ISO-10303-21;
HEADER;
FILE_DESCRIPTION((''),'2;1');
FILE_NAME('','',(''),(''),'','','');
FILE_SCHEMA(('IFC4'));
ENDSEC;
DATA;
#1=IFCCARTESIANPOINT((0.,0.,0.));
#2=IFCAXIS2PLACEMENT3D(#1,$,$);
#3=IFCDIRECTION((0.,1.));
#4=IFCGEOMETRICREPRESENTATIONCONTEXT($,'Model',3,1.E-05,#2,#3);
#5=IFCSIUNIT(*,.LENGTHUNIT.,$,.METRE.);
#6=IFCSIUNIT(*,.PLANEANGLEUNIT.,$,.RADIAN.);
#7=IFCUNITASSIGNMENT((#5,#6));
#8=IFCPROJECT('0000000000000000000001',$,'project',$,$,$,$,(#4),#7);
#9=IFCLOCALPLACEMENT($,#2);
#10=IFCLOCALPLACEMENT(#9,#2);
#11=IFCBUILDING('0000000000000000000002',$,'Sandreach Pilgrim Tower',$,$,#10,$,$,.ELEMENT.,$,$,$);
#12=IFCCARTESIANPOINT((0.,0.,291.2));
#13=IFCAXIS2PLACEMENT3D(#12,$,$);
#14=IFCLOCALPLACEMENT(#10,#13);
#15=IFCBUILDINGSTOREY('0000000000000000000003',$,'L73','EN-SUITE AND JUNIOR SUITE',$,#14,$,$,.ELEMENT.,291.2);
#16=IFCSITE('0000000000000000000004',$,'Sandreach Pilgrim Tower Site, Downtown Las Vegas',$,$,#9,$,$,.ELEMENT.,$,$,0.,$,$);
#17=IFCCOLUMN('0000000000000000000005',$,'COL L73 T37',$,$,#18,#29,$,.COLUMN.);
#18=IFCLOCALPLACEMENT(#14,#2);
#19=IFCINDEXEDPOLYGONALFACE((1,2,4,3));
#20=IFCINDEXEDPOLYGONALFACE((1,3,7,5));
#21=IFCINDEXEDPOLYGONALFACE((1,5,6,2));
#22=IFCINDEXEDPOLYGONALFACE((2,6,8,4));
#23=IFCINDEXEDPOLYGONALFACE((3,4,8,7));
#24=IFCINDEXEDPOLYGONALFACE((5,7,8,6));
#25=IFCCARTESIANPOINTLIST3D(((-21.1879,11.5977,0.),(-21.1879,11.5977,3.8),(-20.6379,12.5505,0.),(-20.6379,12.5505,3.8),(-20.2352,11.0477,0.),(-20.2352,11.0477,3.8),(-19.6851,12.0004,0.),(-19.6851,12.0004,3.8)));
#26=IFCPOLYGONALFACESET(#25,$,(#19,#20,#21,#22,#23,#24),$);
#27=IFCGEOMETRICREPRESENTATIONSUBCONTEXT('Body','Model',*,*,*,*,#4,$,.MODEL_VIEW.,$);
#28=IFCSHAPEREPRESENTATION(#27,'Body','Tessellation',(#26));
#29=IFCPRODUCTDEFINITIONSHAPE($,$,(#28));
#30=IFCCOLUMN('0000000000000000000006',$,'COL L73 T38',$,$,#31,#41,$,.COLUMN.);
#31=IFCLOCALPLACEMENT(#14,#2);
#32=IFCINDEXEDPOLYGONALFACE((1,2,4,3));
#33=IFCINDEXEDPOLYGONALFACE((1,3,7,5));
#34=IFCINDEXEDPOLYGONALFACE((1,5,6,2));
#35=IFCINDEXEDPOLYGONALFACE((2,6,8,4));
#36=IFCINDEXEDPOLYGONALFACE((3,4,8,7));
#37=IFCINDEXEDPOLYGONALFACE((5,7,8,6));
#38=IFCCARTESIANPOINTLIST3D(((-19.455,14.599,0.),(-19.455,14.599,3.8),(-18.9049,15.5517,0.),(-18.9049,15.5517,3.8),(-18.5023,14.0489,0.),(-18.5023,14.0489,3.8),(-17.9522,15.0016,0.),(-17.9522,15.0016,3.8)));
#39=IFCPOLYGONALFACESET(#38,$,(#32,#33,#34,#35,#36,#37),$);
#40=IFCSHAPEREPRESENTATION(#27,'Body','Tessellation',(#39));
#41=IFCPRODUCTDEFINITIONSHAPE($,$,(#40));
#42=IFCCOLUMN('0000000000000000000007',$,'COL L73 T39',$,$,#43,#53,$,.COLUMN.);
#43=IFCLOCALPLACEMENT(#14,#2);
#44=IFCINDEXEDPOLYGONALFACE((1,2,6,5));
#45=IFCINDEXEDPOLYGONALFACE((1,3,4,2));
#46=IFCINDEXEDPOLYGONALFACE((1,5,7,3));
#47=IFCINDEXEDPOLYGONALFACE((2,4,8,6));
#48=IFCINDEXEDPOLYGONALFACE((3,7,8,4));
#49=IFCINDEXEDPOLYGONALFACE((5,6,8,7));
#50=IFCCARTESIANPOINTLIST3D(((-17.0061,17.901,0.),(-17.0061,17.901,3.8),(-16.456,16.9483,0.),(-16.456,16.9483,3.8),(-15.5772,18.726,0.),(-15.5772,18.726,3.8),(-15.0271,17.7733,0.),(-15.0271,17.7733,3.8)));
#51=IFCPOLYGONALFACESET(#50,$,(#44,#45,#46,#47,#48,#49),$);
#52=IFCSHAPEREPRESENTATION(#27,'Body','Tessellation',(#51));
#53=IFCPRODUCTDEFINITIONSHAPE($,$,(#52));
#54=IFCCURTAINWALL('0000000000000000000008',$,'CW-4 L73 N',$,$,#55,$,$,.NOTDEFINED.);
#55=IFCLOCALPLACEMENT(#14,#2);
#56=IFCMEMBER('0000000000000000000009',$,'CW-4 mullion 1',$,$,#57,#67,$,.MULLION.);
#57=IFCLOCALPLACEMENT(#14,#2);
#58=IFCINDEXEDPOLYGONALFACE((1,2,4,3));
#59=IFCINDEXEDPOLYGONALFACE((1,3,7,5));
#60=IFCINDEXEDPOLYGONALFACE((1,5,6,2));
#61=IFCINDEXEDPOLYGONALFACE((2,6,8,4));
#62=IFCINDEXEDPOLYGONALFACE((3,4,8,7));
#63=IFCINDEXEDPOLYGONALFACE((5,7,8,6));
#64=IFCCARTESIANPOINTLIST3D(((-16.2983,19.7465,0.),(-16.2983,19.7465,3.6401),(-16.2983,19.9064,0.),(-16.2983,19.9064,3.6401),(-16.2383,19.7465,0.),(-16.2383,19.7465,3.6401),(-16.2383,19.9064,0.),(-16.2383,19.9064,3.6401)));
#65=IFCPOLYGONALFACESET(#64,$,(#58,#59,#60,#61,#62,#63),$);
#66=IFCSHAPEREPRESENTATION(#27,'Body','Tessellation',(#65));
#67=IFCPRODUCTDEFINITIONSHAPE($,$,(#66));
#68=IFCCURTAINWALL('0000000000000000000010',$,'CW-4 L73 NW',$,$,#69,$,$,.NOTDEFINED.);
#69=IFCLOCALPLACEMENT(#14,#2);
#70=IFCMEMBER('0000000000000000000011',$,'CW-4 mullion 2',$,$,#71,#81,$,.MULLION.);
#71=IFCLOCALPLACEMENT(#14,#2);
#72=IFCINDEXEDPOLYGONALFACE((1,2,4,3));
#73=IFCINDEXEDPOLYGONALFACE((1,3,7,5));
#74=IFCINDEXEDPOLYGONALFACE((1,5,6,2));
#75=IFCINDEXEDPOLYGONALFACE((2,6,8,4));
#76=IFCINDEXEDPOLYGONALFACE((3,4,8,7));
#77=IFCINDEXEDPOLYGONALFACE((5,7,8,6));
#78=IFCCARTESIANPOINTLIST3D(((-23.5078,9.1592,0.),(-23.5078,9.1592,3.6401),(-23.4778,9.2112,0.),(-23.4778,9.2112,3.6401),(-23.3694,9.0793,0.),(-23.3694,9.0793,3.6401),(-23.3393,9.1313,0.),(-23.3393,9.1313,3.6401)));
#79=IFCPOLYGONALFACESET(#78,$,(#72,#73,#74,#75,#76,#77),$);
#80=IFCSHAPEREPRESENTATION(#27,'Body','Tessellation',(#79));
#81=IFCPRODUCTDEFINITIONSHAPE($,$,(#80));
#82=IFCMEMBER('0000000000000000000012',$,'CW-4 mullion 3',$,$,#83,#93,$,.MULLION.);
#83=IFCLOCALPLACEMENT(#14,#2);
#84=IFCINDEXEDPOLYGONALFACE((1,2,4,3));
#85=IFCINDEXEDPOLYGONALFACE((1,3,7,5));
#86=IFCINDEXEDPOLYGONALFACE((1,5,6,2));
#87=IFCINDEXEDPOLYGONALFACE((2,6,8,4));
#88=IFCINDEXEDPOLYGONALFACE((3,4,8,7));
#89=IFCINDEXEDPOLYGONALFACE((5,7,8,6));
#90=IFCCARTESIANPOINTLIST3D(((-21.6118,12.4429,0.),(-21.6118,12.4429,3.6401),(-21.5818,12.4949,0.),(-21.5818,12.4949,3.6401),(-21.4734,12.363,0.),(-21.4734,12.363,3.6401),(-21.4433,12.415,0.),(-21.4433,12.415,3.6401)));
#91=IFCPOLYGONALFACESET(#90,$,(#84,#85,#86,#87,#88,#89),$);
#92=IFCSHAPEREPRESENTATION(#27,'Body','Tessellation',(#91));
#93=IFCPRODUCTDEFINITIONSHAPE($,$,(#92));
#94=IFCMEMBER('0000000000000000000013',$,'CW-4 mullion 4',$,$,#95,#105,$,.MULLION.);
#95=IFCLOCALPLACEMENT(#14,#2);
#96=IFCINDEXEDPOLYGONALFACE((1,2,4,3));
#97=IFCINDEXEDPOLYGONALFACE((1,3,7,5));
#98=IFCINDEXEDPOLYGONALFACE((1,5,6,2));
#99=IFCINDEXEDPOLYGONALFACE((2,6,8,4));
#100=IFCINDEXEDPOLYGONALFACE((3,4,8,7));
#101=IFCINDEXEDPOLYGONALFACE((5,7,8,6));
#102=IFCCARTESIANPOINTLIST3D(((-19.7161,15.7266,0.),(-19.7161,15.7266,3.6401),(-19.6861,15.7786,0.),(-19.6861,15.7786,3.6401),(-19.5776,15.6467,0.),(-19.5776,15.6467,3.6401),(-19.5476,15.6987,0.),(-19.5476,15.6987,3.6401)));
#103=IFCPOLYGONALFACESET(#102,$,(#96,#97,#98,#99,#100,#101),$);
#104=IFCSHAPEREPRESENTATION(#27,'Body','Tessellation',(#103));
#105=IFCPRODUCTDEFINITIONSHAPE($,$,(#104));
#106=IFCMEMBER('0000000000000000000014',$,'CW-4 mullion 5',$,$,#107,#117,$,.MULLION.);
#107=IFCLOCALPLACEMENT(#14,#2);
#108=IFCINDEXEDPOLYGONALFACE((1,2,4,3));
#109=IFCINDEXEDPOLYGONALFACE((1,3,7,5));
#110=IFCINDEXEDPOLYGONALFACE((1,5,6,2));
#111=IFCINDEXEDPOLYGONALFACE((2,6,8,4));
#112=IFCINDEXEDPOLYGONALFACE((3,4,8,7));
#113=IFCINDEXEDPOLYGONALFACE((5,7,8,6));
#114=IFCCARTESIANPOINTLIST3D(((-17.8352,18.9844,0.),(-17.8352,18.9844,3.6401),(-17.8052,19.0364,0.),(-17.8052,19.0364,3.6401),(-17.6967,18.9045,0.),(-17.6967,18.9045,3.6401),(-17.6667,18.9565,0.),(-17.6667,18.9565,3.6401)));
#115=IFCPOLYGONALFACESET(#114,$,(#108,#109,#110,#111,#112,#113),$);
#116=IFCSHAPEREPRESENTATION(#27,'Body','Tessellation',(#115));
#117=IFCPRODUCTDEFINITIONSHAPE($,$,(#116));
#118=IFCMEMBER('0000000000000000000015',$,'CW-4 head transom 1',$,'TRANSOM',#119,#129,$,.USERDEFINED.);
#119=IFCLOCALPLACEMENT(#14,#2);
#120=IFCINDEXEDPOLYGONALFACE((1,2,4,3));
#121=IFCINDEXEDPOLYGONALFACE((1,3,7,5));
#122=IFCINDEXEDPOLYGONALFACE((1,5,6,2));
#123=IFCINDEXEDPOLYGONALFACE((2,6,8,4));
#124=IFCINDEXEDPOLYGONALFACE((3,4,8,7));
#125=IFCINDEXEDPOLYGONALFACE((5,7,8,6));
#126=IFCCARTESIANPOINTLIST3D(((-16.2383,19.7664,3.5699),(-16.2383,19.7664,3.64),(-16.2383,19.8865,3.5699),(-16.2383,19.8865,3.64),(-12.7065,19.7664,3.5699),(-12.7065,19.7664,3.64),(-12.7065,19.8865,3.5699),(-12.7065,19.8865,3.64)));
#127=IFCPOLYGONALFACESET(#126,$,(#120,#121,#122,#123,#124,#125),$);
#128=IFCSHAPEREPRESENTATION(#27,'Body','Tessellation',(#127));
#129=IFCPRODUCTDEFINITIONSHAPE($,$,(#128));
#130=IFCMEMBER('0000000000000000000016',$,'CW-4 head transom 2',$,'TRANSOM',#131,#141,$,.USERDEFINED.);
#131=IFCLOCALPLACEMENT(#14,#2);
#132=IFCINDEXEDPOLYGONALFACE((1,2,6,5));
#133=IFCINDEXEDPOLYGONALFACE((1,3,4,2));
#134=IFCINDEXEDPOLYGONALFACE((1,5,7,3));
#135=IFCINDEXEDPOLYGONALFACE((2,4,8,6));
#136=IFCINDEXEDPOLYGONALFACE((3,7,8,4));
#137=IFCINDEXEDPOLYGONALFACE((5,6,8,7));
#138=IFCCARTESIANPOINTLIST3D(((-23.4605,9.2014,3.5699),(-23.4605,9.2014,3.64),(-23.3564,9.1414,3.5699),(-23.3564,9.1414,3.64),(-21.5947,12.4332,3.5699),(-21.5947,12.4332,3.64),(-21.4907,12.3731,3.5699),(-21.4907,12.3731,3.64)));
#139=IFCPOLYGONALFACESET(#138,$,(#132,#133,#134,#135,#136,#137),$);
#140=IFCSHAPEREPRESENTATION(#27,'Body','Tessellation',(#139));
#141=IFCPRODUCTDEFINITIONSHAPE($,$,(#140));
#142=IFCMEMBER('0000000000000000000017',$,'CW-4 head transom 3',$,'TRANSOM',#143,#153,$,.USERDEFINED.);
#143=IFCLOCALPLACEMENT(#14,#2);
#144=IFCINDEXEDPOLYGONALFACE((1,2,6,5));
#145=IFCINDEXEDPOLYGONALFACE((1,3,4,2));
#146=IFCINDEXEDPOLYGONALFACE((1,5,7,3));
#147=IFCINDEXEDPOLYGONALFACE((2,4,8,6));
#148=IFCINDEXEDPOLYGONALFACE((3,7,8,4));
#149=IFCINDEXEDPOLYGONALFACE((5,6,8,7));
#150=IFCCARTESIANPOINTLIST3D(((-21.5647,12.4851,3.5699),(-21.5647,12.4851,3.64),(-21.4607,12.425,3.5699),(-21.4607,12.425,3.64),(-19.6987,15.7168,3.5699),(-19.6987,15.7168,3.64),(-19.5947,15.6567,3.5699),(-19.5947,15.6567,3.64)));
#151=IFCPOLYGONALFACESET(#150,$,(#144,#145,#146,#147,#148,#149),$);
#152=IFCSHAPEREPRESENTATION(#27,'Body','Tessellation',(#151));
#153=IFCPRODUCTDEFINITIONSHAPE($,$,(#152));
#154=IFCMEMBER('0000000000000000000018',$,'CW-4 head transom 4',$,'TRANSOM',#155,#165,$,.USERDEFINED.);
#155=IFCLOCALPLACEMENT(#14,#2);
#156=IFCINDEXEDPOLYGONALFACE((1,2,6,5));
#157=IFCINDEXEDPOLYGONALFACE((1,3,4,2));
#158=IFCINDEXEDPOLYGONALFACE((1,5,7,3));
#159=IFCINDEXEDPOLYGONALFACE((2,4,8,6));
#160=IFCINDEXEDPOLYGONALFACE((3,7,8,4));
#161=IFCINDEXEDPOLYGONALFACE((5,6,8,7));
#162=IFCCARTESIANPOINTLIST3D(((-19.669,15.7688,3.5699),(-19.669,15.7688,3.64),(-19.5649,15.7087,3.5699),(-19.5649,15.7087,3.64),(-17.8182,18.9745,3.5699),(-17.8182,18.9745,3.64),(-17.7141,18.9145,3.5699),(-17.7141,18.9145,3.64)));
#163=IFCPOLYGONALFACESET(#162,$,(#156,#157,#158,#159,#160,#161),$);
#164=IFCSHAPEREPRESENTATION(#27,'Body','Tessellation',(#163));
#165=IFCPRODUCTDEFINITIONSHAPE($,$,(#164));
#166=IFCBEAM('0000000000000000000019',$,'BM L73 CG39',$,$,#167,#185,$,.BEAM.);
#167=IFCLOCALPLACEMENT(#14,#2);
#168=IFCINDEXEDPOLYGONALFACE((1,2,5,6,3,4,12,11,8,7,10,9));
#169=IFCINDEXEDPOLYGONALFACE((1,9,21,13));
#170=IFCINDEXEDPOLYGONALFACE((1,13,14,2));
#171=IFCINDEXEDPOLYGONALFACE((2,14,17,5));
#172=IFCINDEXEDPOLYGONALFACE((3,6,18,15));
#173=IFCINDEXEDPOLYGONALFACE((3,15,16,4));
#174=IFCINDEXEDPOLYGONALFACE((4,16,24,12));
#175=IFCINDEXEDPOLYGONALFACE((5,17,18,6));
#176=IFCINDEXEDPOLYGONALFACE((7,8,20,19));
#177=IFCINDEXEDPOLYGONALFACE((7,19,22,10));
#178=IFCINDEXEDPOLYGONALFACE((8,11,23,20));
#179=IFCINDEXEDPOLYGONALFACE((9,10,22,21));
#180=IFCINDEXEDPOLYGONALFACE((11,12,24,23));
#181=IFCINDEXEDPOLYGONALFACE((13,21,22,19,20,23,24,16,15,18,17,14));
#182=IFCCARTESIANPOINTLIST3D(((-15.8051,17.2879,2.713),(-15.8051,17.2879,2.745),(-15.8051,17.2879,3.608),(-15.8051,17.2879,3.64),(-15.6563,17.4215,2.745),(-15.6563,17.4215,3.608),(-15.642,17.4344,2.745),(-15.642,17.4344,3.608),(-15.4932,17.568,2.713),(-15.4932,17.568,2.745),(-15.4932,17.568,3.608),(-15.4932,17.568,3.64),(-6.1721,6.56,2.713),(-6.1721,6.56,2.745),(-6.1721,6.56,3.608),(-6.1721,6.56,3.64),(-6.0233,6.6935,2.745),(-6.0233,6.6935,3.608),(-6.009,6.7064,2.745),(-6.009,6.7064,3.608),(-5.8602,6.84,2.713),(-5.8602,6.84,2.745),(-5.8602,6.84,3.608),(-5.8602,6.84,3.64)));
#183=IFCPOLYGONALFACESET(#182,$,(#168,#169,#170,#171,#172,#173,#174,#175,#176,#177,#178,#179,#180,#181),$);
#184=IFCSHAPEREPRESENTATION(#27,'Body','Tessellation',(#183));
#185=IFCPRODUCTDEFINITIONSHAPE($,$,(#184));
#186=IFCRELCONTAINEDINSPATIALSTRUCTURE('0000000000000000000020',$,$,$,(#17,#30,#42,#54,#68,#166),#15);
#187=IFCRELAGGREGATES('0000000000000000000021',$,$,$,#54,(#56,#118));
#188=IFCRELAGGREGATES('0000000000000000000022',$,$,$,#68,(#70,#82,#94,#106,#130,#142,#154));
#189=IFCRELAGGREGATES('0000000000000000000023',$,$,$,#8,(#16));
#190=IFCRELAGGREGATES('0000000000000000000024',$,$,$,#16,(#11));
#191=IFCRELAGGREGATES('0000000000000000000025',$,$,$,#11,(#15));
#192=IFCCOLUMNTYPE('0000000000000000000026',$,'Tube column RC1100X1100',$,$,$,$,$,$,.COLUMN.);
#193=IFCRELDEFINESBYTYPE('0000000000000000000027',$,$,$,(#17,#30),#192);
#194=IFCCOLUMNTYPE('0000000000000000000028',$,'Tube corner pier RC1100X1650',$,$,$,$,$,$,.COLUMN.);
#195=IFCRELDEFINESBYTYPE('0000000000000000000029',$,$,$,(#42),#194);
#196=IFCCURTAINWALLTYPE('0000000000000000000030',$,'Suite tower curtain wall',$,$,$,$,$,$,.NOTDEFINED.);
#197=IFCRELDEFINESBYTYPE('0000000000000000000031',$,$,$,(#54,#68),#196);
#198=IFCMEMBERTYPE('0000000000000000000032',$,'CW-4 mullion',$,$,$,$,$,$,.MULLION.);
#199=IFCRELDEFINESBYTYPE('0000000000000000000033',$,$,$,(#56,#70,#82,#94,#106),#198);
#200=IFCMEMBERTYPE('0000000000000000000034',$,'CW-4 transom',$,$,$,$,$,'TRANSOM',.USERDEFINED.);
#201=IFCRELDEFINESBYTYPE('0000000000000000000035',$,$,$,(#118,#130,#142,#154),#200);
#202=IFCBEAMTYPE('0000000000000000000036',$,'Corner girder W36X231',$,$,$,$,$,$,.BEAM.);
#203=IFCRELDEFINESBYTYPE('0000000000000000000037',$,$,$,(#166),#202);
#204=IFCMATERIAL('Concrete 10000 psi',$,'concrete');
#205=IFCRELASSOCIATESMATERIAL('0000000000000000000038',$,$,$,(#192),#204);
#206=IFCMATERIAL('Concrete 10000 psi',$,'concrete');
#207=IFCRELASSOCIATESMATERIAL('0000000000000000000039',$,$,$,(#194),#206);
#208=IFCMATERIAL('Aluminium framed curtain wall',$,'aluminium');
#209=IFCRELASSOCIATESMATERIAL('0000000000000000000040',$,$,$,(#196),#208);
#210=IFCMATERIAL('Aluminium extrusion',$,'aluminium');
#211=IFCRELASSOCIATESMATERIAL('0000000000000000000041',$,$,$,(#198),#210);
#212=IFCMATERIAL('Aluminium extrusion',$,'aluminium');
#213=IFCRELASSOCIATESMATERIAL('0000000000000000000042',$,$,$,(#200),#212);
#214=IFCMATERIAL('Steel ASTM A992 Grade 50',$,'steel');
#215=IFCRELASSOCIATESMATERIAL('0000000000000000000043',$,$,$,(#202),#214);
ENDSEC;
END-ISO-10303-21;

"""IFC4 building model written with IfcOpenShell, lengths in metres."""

from ifc_helpers import new_model, si_unit, direction, frame, origin, origin_2d, place, context, subcontext, project, spatial, rectangle, i_section, extrude, material, material_profile, profile_set, type_object, element, aggregate, save


model = new_model("IFC4")

# Units and contexts
model_context = context("Model", 3, precision=1e-05, world=origin(), true_north=direction((0.0, 1.0)))
body_context = subcontext(model_context, "Body", "Model", "MODEL_VIEW")
ifc_project = project(units=[si_unit("LENGTHUNIT", "METRE"), si_unit("PLANEANGLEUNIT", "RADIAN")], contexts=[model_context])

# Site, building, storey
site_placement = place(None, origin())
site = spatial("IfcSite", under=ifc_project, at=site_placement, Name="Sandreach Pilgrim Tower Site, Downtown Las Vegas", CompositionType="ELEMENT", RefElevation=0.0)
building_placement = place(site_placement, origin())
building = spatial("IfcBuilding", under=site, at=building_placement, Name="Sandreach Pilgrim Tower", CompositionType="ELEMENT")
storey_placement = place(building_placement, frame((0.0, 0.0, 291.2)))
storey = spatial("IfcBuildingStorey", under=building, at=storey_placement, Name="L73", Description="EN-SUITE AND JUNIOR SUITE", CompositionType="ELEMENT", Elevation=291.2)

# Columns
ifc_material_1 = material(Name="Concrete 10000 psi", Category="concrete")
ifc_material_profile_1 = material_profile(ifc_material_1, rectangle(XDim=1.1001, YDim=1.1001, at=origin_2d()), Name="RC1100X1100")
ifc_profile_set_1 = profile_set([ifc_material_profile_1], Name="Concrete 10000 psi")
column_type_1 = type_object("IfcColumnType", Name="Tube column RC1100X1100", PredefinedType="COLUMN", material=ifc_profile_set_1)
for number, where, z_axis, x_axis, name in (
    (1, (-20.4365, 11.7991, 0.0), (0.0, 0.0, 1.0), (-0.866025, 0.5, 0.0), "COL L73 T37"),
    (2, (-18.7036, 14.8003, 0.0), (0.0, 0.0, 1.0), (-0.866025, 0.5, 0.0), "COL L73 T38"),
):
    element("IfcColumn", number, at=place(storey_placement, frame(where, z_axis=z_axis, x_axis=x_axis)), inside=storey, type_object=column_type_1, Name=name, PredefinedType="COLUMN", context=body_context, shape_type="SweptSolid", body=[
        extrude(rectangle(XDim=1.1001, YDim=1.1001, at=origin_2d()), origin(), (0.0, 0.0, 1.0), 3.8),
    ])
ifc_material_2 = material(Name="Concrete 10000 psi", Category="concrete")
ifc_material_profile_2 = material_profile(ifc_material_2, rectangle(XDim=1.1001, YDim=1.6499, at=origin_2d()), Name="RC1100X1650")
ifc_profile_set_2 = profile_set([ifc_material_profile_2], Name="Concrete 10000 psi")
column_type_2 = type_object("IfcColumnType", Name="Tube corner pier RC1100X1650", PredefinedType="COLUMN", material=ifc_profile_set_2)
column_placement = place(storey_placement, frame((-16.0166, 17.8372, 0.0), z_axis=(0.0, 0.0, 1.0), x_axis=(-0.5, 0.866025, 0.0)))
element("IfcColumn", 3, at=column_placement, inside=storey, type_object=column_type_2, Name="COL L73 T39", PredefinedType="COLUMN", context=body_context, shape_type="SweptSolid", body=[
    extrude(rectangle(XDim=1.1001, YDim=1.6499, at=origin_2d()), origin(), (0.0, 0.0, 1.0), 3.8),
])

# Curtain wall, member
ifc_material_3 = material(Name="Aluminium framed curtain wall", Category="aluminium")
curtain_wall_type = type_object("IfcCurtainWallType", Name="Suite tower curtain wall", PredefinedType="NOTDEFINED", material=ifc_material_3)
curtain_wall_1_placement = place(storey_placement, origin())
curtain_wall_1 = element("IfcCurtainWall", 4, at=curtain_wall_1_placement, inside=storey, type_object=curtain_wall_type, Name="CW-4 L73 N", PredefinedType="NOTDEFINED")
ifc_material_4 = material(Name="Aluminium extrusion", Category="aluminium")
ifc_material_profile_3 = material_profile(ifc_material_4, rectangle(XDim=0.0601, YDim=0.1599, at=origin_2d()), Name="CW-4M 60X160")
ifc_profile_set_3 = profile_set([ifc_material_profile_3], Name="Aluminium extrusion")
member_type_1 = type_object("IfcMemberType", Name="CW-4 mullion", PredefinedType="MULLION", material=ifc_profile_set_3)
member_1_placement = place(storey_placement, frame((-16.2683, 19.8264, 0.0), z_axis=(0.0, 0.0, 1.0), x_axis=(1.0, 0.0, 0.0)))
member_1 = element("IfcMember", 5, at=member_1_placement, type_object=member_type_1, Name="CW-4 mullion 1", PredefinedType="MULLION", context=body_context, shape_type="SweptSolid", body=[
    extrude(rectangle(XDim=0.0601, YDim=0.1599, at=origin_2d()), origin(), (0.0, 0.0, 1.0), 3.6401),
])

# Curtain wall, members
curtain_wall_2_placement = place(storey_placement, origin())
curtain_wall_2 = element("IfcCurtainWall", 6, at=curtain_wall_2_placement, inside=storey, type_object=curtain_wall_type, Name="CW-4 L73 NW", PredefinedType="NOTDEFINED")
member_2_placement = place(storey_placement, frame((-23.4236, 9.1453, 0.0), z_axis=(0.0, 0.0, 1.0), x_axis=(0.5, 0.866025, 0.0)))
member_2 = element("IfcMember", 7, at=member_2_placement, type_object=member_type_1, Name="CW-4 mullion 2", PredefinedType="MULLION", context=body_context, shape_type="SweptSolid", body=[
    extrude(rectangle(XDim=0.0601, YDim=0.1599, at=origin_2d()), origin(), (0.0, 0.0, 1.0), 3.6401),
])
member_3_placement = place(storey_placement, frame((-21.5276, 12.429, 0.0), z_axis=(0.0, 0.0, 1.0), x_axis=(0.5, 0.866025, 0.0)))
member_3 = element("IfcMember", 8, at=member_3_placement, type_object=member_type_1, Name="CW-4 mullion 3", PredefinedType="MULLION", context=body_context, shape_type="SweptSolid", body=[
    extrude(rectangle(XDim=0.0601, YDim=0.1599, at=origin_2d()), origin(), (0.0, 0.0, 1.0), 3.6401),
])
member_4_placement = place(storey_placement, frame((-19.6318, 15.7126, 0.0), z_axis=(0.0, 0.0, 1.0), x_axis=(0.5, 0.866025, 0.0)))
member_4 = element("IfcMember", 9, at=member_4_placement, type_object=member_type_1, Name="CW-4 mullion 4", PredefinedType="MULLION", context=body_context, shape_type="SweptSolid", body=[
    extrude(rectangle(XDim=0.0601, YDim=0.1599, at=origin_2d()), origin(), (0.0, 0.0, 1.0), 3.6401),
])
member_5_placement = place(storey_placement, frame((-17.751, 18.9705, 0.0), z_axis=(0.0, 0.0, 1.0), x_axis=(0.5, 0.866025, 0.0)))
member_5 = element("IfcMember", 10, at=member_5_placement, type_object=member_type_1, Name="CW-4 mullion 5", PredefinedType="MULLION", context=body_context, shape_type="SweptSolid", body=[
    extrude(rectangle(XDim=0.0601, YDim=0.1599, at=origin_2d()), origin(), (0.0, 0.0, 1.0), 3.6401),
])

# Members
ifc_material_5 = material(Name="Aluminium extrusion", Category="aluminium")
ifc_material_profile_4 = material_profile(ifc_material_5, rectangle(XDim=0.1201, YDim=0.0701, at=origin_2d()), Name="CW-4T 120X70")
ifc_profile_set_4 = profile_set([ifc_material_profile_4], Name="Aluminium extrusion")
member_type_2 = type_object("IfcMemberType", Name="CW-4 transom", ElementType="TRANSOM", PredefinedType="USERDEFINED", material=ifc_profile_set_4)
member_6_placement = place(storey_placement, frame((-16.2383, 19.8264, 3.605), z_axis=(1.0, 0.0, 0.0), x_axis=(0.0, 1.0, 0.0)))
member_6 = element("IfcMember", 11, at=member_6_placement, type_object=member_type_2, Name="CW-4 head transom 1", ObjectType="TRANSOM", PredefinedType="USERDEFINED", context=body_context, shape_type="SweptSolid", body=[
    extrude(rectangle(XDim=0.1201, YDim=0.0701, at=origin_2d()), origin(), (0.0, 0.0, 1.0), 3.5317),
])
member_7_placement = place(storey_placement, frame((-23.4084, 9.1714, 3.605), z_axis=(0.499981, 0.866036, 0.0), x_axis=(-0.866036, 0.499981, 0.0)))
member_7 = element("IfcMember", 12, at=member_7_placement, type_object=member_type_2, Name="CW-4 head transom 2", ObjectType="TRANSOM", PredefinedType="USERDEFINED", context=body_context, shape_type="SweptSolid", body=[
    extrude(rectangle(XDim=0.1201, YDim=0.0701, at=origin_2d()), origin(), (0.0, 0.0, 1.0), 3.7317),
])
member_8_placement = place(storey_placement, frame((-21.5127, 12.4551, 3.605), z_axis=(0.50003, 0.866008, 0.0), x_axis=(-0.866008, 0.50003, 0.0)))
member_8 = element("IfcMember", 13, at=member_8_placement, type_object=member_type_2, Name="CW-4 head transom 3", ObjectType="TRANSOM", PredefinedType="USERDEFINED", context=body_context, shape_type="SweptSolid", body=[
    extrude(rectangle(XDim=0.1201, YDim=0.0701, at=origin_2d()), origin(), (0.0, 0.0, 1.0), 3.7317),
])
member_9_placement = place(storey_placement, frame((-19.6169, 15.7388, 3.605), z_axis=(0.499991, 0.866031, 0.0), x_axis=(-0.866031, 0.499991, 0.0)))
member_9 = element("IfcMember", 14, at=member_9_placement, type_object=member_type_2, Name="CW-4 head transom 4", ObjectType="TRANSOM", PredefinedType="USERDEFINED", context=body_context, shape_type="SweptSolid", body=[
    extrude(rectangle(XDim=0.1201, YDim=0.0701, at=origin_2d()), origin(), (0.0, 0.0, 1.0), 3.7017),
])

# Beam
ifc_material_6 = material(Name="Steel ASTM A992 Grade 50", Category="steel")
ifc_material_profile_5 = material_profile(ifc_material_6, i_section(OverallWidth=0.4192, OverallDepth=0.927, WebThickness=0.0193, FlangeThickness=0.032, at=origin_2d()), Name="W36X231")
ifc_profile_set_5 = profile_set([ifc_material_profile_5], Name="Steel ASTM A992 Grade 50")
beam_type_1 = type_object("IfcBeamType", Name="Corner girder W36X231", PredefinedType="BEAM", material=ifc_profile_set_5)
beam_1_placement = place(storey_placement, frame((-15.6492, 17.428, 3.1765), z_axis=(0.668115, -0.744058, 0.0), x_axis=(0.744058, 0.668115, 0.0)))
element("IfcBeam", 15, at=beam_1_placement, inside=storey, type_object=beam_type_1, Name="BM L73 CG39", PredefinedType="BEAM", context=body_context, shape_type="SweptSolid", body=[
    extrude(i_section(OverallWidth=0.4192, OverallDepth=0.927, WebThickness=0.0193, FlangeThickness=0.032, at=origin_2d()), origin(), (0.0, 0.0, 1.0), 14.4182),
])

aggregate(curtain_wall_1, [member_1, member_6])
aggregate(curtain_wall_2, [member_2, member_3, member_4, member_5, member_7, member_8, member_9])

save(model, "model.ifc")
